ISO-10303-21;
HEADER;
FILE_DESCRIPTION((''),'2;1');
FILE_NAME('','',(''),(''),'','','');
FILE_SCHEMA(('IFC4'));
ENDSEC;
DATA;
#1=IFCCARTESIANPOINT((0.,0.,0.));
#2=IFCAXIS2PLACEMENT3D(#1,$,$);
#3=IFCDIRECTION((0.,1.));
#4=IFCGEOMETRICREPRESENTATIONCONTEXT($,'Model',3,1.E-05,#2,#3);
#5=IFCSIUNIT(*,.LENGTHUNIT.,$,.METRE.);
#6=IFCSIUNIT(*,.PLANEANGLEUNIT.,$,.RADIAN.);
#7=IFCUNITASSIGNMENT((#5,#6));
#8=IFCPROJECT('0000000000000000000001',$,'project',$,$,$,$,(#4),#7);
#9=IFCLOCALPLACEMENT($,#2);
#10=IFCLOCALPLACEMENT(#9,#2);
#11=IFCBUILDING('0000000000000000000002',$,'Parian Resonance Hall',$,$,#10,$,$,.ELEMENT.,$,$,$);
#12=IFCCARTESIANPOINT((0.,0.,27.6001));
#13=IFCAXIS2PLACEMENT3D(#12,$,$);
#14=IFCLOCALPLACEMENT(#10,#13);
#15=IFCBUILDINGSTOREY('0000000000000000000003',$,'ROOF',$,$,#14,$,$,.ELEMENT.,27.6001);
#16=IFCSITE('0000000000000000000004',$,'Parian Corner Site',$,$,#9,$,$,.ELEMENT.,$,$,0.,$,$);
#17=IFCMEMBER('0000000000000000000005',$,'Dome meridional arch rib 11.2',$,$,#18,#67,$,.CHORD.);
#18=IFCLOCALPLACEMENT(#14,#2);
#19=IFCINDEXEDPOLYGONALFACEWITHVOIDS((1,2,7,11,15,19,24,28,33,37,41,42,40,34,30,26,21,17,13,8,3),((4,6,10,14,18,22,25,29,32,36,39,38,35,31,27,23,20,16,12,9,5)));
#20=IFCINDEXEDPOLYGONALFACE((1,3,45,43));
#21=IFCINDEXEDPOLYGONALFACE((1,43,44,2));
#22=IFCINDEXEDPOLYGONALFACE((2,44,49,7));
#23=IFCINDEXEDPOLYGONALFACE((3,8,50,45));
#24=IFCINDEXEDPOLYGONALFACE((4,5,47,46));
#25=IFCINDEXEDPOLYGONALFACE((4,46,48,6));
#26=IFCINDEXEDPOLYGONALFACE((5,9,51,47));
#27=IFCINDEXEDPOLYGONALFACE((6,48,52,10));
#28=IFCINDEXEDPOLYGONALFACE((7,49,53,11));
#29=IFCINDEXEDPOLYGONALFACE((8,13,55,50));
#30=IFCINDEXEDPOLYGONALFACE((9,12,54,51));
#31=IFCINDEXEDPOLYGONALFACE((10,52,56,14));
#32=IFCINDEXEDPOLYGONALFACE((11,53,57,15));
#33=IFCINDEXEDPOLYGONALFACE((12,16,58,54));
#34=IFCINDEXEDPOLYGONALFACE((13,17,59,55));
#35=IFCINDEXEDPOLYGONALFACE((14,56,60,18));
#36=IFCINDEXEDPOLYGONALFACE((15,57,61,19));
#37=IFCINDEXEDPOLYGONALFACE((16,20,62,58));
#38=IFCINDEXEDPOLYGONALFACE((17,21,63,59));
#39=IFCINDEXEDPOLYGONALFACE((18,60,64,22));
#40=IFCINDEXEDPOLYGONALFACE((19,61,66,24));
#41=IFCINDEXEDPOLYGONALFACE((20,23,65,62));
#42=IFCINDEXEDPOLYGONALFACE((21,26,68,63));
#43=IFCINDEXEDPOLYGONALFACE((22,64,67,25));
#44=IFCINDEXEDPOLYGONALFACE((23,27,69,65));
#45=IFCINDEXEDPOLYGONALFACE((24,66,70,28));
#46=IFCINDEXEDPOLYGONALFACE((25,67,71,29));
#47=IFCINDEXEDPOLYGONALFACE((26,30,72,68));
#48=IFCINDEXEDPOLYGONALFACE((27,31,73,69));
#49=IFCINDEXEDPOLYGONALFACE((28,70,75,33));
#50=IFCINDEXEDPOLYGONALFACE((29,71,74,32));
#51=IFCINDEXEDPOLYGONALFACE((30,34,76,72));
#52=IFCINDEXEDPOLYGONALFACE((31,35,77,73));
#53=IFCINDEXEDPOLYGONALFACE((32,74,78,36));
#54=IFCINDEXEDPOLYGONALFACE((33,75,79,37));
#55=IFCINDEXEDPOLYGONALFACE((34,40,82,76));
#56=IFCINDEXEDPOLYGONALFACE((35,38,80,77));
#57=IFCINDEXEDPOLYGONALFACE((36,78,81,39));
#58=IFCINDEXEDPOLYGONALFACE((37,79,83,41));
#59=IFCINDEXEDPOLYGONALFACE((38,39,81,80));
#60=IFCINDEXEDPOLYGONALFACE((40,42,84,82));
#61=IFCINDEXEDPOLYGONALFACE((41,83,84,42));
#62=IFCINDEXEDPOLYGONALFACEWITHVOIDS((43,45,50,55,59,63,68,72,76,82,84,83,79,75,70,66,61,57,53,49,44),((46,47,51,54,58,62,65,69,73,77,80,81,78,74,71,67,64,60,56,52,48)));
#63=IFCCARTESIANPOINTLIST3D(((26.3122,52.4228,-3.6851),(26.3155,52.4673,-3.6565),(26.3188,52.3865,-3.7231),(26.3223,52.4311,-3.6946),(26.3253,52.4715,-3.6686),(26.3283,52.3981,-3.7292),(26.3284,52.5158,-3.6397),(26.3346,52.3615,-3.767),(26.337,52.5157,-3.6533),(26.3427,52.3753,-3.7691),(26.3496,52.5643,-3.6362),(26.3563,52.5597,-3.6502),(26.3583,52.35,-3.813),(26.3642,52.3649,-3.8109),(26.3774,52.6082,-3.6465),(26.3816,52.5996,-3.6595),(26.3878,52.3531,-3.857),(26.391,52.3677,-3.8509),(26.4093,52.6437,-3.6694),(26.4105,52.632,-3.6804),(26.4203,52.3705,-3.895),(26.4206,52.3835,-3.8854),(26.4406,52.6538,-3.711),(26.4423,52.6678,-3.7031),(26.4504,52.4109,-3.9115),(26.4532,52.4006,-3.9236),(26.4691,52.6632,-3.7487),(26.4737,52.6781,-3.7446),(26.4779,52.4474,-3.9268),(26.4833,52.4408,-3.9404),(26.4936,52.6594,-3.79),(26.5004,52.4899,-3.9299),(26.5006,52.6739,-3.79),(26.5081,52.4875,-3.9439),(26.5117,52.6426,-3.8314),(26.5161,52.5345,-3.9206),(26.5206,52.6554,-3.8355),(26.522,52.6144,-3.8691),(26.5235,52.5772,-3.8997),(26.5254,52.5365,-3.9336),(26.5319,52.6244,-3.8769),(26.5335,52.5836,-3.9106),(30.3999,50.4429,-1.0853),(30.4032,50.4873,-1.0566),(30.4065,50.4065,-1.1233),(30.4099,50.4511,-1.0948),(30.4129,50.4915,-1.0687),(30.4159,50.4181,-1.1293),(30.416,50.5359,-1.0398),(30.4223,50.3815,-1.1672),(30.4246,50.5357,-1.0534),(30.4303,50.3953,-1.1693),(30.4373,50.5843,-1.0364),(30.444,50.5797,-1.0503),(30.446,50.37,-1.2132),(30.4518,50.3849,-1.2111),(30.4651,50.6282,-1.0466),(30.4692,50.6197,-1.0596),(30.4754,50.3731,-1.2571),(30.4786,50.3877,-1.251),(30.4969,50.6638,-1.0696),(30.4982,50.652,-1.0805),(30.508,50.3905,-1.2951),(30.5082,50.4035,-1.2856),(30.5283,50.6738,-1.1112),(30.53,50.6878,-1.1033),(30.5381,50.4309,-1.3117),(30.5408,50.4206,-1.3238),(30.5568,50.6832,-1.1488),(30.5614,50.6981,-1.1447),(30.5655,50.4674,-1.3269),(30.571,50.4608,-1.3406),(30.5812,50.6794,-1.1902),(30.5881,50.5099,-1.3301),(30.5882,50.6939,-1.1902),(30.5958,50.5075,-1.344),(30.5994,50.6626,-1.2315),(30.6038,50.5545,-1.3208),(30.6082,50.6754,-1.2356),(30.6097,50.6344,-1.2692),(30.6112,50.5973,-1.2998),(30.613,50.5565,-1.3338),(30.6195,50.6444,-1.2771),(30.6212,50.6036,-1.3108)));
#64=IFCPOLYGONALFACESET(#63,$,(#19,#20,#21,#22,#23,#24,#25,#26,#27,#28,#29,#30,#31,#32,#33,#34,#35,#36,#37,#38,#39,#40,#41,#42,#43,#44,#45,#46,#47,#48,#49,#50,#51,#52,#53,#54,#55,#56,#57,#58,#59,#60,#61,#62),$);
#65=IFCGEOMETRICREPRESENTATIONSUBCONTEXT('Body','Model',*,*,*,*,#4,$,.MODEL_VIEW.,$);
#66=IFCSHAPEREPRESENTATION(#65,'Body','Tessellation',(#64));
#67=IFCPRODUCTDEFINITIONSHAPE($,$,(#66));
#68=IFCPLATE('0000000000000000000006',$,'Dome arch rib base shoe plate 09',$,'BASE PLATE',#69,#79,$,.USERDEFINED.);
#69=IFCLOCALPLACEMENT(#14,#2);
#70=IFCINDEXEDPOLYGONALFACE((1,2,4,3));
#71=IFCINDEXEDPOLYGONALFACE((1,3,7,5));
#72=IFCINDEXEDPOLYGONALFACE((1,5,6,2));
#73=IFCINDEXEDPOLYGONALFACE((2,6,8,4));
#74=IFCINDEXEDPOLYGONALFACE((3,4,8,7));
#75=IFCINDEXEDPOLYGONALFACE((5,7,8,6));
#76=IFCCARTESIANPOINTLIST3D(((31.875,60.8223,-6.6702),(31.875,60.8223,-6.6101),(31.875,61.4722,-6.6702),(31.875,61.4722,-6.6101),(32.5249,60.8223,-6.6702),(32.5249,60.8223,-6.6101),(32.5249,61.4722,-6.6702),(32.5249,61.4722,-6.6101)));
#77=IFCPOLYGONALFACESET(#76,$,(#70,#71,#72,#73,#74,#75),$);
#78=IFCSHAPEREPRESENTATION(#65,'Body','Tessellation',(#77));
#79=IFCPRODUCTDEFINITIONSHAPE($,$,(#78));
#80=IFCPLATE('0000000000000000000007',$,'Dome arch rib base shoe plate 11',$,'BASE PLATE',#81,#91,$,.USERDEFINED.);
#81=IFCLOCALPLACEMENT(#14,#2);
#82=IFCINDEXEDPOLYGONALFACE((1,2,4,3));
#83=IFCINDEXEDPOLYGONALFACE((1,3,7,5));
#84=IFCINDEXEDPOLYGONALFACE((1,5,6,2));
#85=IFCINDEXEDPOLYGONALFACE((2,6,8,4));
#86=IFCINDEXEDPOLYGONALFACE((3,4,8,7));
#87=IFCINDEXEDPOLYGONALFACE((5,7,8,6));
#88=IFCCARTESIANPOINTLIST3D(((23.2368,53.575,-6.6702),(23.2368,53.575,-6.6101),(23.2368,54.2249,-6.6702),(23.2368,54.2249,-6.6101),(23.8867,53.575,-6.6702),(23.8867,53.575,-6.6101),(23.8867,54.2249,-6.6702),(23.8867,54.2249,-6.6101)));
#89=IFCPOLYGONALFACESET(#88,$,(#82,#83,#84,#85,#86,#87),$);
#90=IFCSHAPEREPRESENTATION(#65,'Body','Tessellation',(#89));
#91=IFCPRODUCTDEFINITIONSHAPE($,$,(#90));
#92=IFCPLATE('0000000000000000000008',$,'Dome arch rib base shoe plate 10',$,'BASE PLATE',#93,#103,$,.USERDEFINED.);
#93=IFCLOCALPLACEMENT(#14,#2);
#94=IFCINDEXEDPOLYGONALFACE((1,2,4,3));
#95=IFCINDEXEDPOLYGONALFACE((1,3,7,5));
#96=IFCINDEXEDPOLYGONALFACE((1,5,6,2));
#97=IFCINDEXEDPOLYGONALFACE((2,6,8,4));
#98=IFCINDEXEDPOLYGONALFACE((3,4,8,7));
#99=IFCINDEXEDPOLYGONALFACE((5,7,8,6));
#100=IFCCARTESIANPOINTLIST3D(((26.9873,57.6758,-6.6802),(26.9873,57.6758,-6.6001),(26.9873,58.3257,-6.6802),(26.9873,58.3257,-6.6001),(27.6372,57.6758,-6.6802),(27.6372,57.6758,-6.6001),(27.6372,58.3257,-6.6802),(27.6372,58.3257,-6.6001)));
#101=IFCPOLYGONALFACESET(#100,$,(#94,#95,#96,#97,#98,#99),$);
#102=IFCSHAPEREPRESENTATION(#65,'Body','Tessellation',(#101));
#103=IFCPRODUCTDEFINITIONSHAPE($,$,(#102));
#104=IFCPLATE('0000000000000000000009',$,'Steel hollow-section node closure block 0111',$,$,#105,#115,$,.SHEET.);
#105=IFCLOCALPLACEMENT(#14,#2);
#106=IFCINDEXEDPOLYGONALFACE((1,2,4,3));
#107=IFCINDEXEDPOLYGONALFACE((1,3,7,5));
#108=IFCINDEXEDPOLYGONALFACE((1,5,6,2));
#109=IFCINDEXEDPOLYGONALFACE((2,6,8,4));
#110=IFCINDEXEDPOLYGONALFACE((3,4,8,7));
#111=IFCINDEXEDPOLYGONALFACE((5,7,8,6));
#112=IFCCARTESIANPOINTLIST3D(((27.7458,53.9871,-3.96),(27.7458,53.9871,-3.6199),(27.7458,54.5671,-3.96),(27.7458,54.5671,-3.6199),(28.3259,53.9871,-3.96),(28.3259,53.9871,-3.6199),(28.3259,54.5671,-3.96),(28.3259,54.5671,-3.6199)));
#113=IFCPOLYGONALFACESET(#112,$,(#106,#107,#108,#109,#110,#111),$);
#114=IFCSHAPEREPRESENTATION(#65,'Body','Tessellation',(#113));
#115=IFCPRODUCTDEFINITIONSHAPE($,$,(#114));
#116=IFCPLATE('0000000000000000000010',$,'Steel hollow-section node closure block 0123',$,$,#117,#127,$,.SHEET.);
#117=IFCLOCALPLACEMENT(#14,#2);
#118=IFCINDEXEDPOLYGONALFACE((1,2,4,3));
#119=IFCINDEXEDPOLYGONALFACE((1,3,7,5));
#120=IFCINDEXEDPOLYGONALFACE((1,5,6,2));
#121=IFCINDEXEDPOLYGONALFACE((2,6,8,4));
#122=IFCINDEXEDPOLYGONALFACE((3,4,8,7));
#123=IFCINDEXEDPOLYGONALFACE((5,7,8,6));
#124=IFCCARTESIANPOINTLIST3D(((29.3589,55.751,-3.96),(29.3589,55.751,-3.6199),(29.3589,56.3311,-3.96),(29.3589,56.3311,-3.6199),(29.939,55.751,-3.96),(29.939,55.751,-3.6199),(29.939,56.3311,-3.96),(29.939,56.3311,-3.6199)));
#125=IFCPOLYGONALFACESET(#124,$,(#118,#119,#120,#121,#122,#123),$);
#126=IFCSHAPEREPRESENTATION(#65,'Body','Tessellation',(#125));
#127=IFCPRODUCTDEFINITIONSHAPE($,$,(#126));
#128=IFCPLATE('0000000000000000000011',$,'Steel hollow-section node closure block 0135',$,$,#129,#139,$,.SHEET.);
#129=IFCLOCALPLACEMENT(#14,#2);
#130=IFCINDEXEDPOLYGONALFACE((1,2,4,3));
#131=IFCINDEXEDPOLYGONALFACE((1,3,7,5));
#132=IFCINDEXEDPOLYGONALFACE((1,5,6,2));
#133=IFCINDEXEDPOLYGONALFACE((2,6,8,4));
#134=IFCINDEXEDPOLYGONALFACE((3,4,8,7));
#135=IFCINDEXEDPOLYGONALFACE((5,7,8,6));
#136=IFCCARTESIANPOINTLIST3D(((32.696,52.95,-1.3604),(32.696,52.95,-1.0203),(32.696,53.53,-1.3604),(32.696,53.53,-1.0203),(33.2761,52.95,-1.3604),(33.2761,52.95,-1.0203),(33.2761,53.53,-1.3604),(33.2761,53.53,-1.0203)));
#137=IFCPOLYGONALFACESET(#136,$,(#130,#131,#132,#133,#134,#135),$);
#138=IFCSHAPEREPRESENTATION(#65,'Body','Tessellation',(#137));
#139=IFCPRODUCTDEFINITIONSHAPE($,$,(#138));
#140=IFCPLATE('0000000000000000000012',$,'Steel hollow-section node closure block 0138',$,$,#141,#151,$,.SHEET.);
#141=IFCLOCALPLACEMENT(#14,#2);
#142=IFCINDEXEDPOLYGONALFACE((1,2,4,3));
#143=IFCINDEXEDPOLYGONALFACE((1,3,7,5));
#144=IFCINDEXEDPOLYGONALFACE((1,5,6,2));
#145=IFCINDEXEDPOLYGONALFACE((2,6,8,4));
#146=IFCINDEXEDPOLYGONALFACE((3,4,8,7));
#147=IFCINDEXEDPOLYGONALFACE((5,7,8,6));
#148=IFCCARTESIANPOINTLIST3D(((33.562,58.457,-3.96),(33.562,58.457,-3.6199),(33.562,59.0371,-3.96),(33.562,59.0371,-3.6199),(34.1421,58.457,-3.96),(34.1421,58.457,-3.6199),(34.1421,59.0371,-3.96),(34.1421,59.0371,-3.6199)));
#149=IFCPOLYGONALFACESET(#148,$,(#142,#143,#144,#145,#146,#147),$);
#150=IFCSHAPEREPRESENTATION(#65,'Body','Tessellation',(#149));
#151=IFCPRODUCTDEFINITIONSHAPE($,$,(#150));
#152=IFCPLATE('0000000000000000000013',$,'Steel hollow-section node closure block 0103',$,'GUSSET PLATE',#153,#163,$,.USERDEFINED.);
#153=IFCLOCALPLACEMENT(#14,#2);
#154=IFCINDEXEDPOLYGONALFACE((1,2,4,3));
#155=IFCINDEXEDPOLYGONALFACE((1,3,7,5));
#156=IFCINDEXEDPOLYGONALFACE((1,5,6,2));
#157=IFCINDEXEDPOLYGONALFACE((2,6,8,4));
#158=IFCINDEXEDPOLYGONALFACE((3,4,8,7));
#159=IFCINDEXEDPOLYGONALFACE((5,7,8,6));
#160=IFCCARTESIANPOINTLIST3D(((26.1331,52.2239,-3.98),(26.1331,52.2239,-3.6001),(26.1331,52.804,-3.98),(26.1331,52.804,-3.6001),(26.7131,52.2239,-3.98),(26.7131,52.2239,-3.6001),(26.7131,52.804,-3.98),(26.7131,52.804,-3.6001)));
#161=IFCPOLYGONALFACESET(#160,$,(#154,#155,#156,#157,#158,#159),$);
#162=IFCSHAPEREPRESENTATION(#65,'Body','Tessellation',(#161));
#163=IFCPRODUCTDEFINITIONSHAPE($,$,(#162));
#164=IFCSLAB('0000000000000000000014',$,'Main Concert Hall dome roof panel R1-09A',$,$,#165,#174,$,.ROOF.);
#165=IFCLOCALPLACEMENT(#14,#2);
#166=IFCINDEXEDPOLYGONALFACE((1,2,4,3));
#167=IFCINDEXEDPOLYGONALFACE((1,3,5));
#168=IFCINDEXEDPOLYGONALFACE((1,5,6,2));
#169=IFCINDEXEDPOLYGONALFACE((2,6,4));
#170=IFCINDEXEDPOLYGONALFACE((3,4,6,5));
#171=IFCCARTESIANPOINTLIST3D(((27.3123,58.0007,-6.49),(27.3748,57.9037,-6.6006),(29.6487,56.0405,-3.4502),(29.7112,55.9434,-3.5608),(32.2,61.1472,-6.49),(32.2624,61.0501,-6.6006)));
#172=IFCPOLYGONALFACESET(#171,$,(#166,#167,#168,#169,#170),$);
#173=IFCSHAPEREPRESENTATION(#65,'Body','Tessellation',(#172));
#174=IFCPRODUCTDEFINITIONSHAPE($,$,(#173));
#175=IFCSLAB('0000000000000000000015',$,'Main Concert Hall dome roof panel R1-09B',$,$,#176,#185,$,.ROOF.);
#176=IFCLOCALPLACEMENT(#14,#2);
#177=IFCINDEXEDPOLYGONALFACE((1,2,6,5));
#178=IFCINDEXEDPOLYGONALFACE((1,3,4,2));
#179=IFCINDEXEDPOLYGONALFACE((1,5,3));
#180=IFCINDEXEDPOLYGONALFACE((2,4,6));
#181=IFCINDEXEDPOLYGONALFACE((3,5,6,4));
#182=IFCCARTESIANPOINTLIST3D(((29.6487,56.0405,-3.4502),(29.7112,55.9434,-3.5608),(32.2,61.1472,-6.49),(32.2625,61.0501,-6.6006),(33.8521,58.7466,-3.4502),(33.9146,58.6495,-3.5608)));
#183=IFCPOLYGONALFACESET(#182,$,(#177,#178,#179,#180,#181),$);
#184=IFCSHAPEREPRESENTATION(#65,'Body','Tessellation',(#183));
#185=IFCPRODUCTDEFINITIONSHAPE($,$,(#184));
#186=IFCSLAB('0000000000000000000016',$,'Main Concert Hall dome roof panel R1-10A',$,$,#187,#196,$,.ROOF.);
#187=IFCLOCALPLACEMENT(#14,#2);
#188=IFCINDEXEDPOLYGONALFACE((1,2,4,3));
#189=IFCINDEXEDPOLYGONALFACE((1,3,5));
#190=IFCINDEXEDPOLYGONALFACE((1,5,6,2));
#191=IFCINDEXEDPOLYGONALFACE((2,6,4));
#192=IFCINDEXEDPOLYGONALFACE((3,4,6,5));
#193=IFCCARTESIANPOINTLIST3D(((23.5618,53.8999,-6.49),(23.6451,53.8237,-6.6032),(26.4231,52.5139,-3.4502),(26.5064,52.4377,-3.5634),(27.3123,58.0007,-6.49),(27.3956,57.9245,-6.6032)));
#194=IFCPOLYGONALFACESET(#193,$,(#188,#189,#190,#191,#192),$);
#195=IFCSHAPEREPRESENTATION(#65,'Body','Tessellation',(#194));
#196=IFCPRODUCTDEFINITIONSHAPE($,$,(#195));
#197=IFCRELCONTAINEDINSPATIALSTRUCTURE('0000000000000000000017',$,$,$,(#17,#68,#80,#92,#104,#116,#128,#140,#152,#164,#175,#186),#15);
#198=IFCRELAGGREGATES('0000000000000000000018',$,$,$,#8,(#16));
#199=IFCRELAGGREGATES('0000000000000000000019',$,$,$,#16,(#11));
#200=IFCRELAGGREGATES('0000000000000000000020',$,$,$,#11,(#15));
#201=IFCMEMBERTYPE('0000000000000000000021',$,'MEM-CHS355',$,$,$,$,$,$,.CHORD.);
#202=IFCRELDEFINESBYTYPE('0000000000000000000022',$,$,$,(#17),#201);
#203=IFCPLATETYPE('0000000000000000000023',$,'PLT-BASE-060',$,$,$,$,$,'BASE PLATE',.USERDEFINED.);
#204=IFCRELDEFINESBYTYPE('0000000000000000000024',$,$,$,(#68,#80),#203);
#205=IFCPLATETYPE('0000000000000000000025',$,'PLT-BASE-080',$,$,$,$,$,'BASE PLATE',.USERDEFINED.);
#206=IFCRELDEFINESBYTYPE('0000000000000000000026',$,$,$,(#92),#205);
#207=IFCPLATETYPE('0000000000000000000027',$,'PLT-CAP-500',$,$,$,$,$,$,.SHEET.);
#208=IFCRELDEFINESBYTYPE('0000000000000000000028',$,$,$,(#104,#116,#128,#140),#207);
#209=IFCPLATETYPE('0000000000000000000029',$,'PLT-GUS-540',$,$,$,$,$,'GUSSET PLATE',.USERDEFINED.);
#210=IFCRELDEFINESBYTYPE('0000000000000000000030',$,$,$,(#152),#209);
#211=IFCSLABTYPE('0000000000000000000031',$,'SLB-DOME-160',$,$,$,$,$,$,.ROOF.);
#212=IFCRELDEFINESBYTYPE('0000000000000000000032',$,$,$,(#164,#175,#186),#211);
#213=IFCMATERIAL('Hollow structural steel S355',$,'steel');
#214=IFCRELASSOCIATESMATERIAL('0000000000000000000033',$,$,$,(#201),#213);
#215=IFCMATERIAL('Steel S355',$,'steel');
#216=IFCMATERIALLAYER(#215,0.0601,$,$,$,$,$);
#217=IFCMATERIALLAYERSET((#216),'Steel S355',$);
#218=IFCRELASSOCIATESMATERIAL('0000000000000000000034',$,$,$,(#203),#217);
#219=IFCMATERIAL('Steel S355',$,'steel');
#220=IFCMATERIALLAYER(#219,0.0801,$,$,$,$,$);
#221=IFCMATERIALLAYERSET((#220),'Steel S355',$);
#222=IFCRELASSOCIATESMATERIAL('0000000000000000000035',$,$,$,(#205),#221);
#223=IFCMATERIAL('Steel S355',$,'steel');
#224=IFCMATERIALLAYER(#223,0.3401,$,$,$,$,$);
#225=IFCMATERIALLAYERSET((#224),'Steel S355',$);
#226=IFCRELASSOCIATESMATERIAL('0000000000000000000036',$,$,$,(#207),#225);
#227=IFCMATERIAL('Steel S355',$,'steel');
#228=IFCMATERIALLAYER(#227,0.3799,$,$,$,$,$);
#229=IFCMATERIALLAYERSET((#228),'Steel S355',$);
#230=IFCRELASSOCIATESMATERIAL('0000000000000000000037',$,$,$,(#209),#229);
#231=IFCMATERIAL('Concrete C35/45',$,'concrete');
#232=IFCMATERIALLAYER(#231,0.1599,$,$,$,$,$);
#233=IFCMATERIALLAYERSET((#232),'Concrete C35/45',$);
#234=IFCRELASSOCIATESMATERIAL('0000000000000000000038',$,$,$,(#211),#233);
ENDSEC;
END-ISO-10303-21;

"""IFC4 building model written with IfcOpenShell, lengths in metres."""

from ifc_helpers import new_model, si_unit, direction, frame, origin, origin_2d, place, context, subcontext, project, spatial, polyline, rectangle, hollow_circle, outline, extrude, material, layer, layer_set, material_profile, profile_set, type_object, element, save


model = new_model("IFC4")

# Units and contexts
model_context = context("Model", 3, precision=1e-05, world=origin(), true_north=direction((0.0, 1.0)))
body_context = subcontext(model_context, "Body", "Model", "MODEL_VIEW")
ifc_project = project(units=[si_unit("LENGTHUNIT", "METRE"), si_unit("PLANEANGLEUNIT", "RADIAN")], contexts=[model_context])

# Site, building, storey
site_placement = place(None, origin())
site = spatial("IfcSite", under=ifc_project, at=site_placement, Name="Parian Corner Site", CompositionType="ELEMENT", RefElevation=0.0)
building_placement = place(site_placement, origin())
building = spatial("IfcBuilding", under=site, at=building_placement, Name="Parian Resonance Hall", CompositionType="ELEMENT")
storey_placement = place(building_placement, frame((0.0, 0.0, 27.6001)))
storey = spatial("IfcBuildingStorey", under=building, at=storey_placement, Name="ROOF", CompositionType="ELEMENT", Elevation=27.6001)

# Member
ifc_material_1 = material(Name="Hollow structural steel S355", Category="steel")
ifc_material_profile_1 = material_profile(ifc_material_1, hollow_circle(Radius=0.1777, WallThickness=0.0161, at=origin_2d()), Name="CHS355.6x16")
ifc_profile_set_1 = profile_set([ifc_material_profile_1], Name="Hollow structural steel S355")
member_type_1 = type_object("IfcMemberType", Name="MEM-CHS355", PredefinedType="CHORD", material=ifc_profile_set_1)
member_1_placement = place(storey_placement, frame((26.4231, 52.5139, -3.79), z_axis=(0.78107, -0.378336, 0.496782), x_axis=(0.435933, 0.899979, 0.0)))
element("IfcMember", 1, at=member_1_placement, inside=storey, type_object=member_type_1, Name="Dome meridional arch rib 11.2", PredefinedType="CHORD", context=body_context, shape_type="SweptSolid", body=[
    extrude(hollow_circle(Radius=0.1777, WallThickness=0.0161, at=origin_2d()), origin(), (0.0, 0.0, 1.0), 5.2334),
])

# Plates
ifc_material_2 = material(Name="Steel S355", Category="steel")
ifc_layer_1 = layer(ifc_material_2, 0.0601)
ifc_layer_set_1 = layer_set([ifc_layer_1], Name="Steel S355")
plate_type_1 = type_object("IfcPlateType", Name="PLT-BASE-060", ElementType="BASE PLATE", PredefinedType="USERDEFINED", material=ifc_layer_set_1)
for number, where, z_axis, x_axis, name in (
    (2, (32.2, 61.1472, -6.6702), (0.0, 0.0, 1.0), (1.0, 0.0, 0.0), "Dome arch rib base shoe plate 09"),
    (3, (23.5618, 53.8999, -6.6702), (0.0, 0.0, 1.0), (1.0, 0.0, 0.0), "Dome arch rib base shoe plate 11"),
):
    element("IfcPlate", number, at=place(storey_placement, frame(where, z_axis=z_axis, x_axis=x_axis)), inside=storey, type_object=plate_type_1, Name=name, ObjectType="BASE PLATE", PredefinedType="USERDEFINED", context=body_context, shape_type="SweptSolid", body=[
        extrude(rectangle(XDim=0.6499, YDim=0.6499, at=origin_2d()), origin(), (0.0, 0.0, 1.0), 0.0601),
    ])
ifc_material_3 = material(Name="Steel S355", Category="steel")
ifc_layer_2 = layer(ifc_material_3, 0.0801)
ifc_layer_set_2 = layer_set([ifc_layer_2], Name="Steel S355")
plate_type_2 = type_object("IfcPlateType", Name="PLT-BASE-080", ElementType="BASE PLATE", PredefinedType="USERDEFINED", material=ifc_layer_set_2)
plate_1_placement = place(storey_placement, frame((27.3123, 58.0007, -6.6802), z_axis=(0.0, 0.0, 1.0), x_axis=(1.0, 0.0, 0.0)))
element("IfcPlate", 4, at=plate_1_placement, inside=storey, type_object=plate_type_2, Name="Dome arch rib base shoe plate 10", ObjectType="BASE PLATE", PredefinedType="USERDEFINED", context=body_context, shape_type="SweptSolid", body=[
    extrude(rectangle(XDim=0.6499, YDim=0.6499, at=origin_2d()), origin(), (0.0, 0.0, 1.0), 0.0801),
])
ifc_material_4 = material(Name="Steel S355", Category="steel")
ifc_layer_3 = layer(ifc_material_4, 0.3401)
ifc_layer_set_3 = layer_set([ifc_layer_3], Name="Steel S355")
plate_type_3 = type_object("IfcPlateType", Name="PLT-CAP-500", PredefinedType="SHEET", material=ifc_layer_set_3)
for number, where, z_axis, x_axis, name in (
    (5, (28.0359, 54.2771, -3.96), (0.0, 0.0, 1.0), (1.0, 0.0, 0.0), "Steel hollow-section node closure block 0111"),
    (6, (29.6489, 56.041, -3.96), (0.0, 0.0, 1.0), (1.0, 0.0, 0.0), "Steel hollow-section node closure block 0123"),
    (7, (32.9861, 53.24, -1.3604), (0.0, 0.0, 1.0), (1.0, 0.0, 0.0), "Steel hollow-section node closure block 0135"),
    (8, (33.8521, 58.7471, -3.96), (0.0, 0.0, 1.0), (1.0, 0.0, 0.0), "Steel hollow-section node closure block 0138"),
):
    element("IfcPlate", number, at=place(storey_placement, frame(where, z_axis=z_axis, x_axis=x_axis)), inside=storey, type_object=plate_type_3, Name=name, PredefinedType="SHEET", context=body_context, shape_type="SweptSolid", body=[
        extrude(rectangle(XDim=0.5801, YDim=0.5801, at=origin_2d()), origin(), (0.0, 0.0, 1.0), 0.3401),
    ])
ifc_material_5 = material(Name="Steel S355", Category="steel")
ifc_layer_4 = layer(ifc_material_5, 0.3799)
ifc_layer_set_4 = layer_set([ifc_layer_4], Name="Steel S355")
plate_type_4 = type_object("IfcPlateType", Name="PLT-GUS-540", ElementType="GUSSET PLATE", PredefinedType="USERDEFINED", material=ifc_layer_set_4)
plate_2_placement = place(storey_placement, frame((26.4231, 52.5139, -3.98), z_axis=(0.0, 0.0, 1.0), x_axis=(1.0, 0.0, 0.0)))
element("IfcPlate", 9, at=plate_2_placement, inside=storey, type_object=plate_type_4, Name="Steel hollow-section node closure block 0103", ObjectType="GUSSET PLATE", PredefinedType="USERDEFINED", context=body_context, shape_type="SweptSolid", body=[
    extrude(rectangle(XDim=0.5801, YDim=0.5801, at=origin_2d()), origin(), (0.0, 0.0, 1.0), 0.3799),
])

# Slabs
ifc_material_6 = material(Name="Concrete C35/45", Category="concrete")
ifc_layer_5 = layer(ifc_material_6, 0.1599)
ifc_layer_set_5 = layer_set([ifc_layer_5], Name="Concrete C35/45")
slab_type = type_object("IfcSlabType", Name="SLB-DOME-160", PredefinedType="ROOF", material=ifc_layer_set_5)
slab_1_placement = place(storey_placement, frame((32.2, 61.1472, -6.49), z_axis=(-0.390822, 0.607096, 0.691876), x_axis=(-0.840834, -0.541292, 0.0)))
element("IfcSlab", 10, at=slab_1_placement, inside=storey, type_object=slab_type, Name="Main Concert Hall dome roof panel R1-09A", PredefinedType="ROOF", context=body_context, shape_type="SweptSolid", body=[
    extrude(outline(polyline([(0.0, 0.0), (5.8129, 0.0), (4.9094, 4.2101), (0.0, 0.0)])), origin(), (0.0, 0.0, -1.0), 0.1599),
])
slab_2_placement = place(storey_placement, frame((32.2, 61.1472, -6.49), z_axis=(-0.390839, 0.607098, 0.691865), x_axis=(-0.39448, -0.789601, 0.470016)))
element("IfcSlab", 11, at=slab_2_placement, inside=storey, type_object=slab_type, Name="Main Concert Hall dome roof panel R1-09B", PredefinedType="ROOF", context=body_context, shape_type="SweptSolid", body=[
    extrude(outline(polyline([(0.0, 0.0), (6.4674, 0.0), (2.6726, 3.2543), (0.0, 0.0)])), origin(), (0.0, 0.0, -1.0), 0.1599),
])
slab_3_placement = place(storey_placement, frame((27.3123, 58.0007, -6.49), z_axis=(-0.521189, 0.476663, 0.707923), x_axis=(-0.674883, -0.737925, 0.0)))
element("IfcSlab", 12, at=slab_3_placement, inside=storey, type_object=slab_type, Name="Main Concert Hall dome roof panel R1-10A", PredefinedType="ROOF", context=body_context, shape_type="SweptSolid", body=[
    extrude(outline(polyline([(0.0, 0.0), (5.5572, 0.0), (4.6489, 4.3039), (0.0, 0.0)])), origin(), (0.0, 0.0, -1.0), 0.1599),
])

save(model, "model.ifc")
